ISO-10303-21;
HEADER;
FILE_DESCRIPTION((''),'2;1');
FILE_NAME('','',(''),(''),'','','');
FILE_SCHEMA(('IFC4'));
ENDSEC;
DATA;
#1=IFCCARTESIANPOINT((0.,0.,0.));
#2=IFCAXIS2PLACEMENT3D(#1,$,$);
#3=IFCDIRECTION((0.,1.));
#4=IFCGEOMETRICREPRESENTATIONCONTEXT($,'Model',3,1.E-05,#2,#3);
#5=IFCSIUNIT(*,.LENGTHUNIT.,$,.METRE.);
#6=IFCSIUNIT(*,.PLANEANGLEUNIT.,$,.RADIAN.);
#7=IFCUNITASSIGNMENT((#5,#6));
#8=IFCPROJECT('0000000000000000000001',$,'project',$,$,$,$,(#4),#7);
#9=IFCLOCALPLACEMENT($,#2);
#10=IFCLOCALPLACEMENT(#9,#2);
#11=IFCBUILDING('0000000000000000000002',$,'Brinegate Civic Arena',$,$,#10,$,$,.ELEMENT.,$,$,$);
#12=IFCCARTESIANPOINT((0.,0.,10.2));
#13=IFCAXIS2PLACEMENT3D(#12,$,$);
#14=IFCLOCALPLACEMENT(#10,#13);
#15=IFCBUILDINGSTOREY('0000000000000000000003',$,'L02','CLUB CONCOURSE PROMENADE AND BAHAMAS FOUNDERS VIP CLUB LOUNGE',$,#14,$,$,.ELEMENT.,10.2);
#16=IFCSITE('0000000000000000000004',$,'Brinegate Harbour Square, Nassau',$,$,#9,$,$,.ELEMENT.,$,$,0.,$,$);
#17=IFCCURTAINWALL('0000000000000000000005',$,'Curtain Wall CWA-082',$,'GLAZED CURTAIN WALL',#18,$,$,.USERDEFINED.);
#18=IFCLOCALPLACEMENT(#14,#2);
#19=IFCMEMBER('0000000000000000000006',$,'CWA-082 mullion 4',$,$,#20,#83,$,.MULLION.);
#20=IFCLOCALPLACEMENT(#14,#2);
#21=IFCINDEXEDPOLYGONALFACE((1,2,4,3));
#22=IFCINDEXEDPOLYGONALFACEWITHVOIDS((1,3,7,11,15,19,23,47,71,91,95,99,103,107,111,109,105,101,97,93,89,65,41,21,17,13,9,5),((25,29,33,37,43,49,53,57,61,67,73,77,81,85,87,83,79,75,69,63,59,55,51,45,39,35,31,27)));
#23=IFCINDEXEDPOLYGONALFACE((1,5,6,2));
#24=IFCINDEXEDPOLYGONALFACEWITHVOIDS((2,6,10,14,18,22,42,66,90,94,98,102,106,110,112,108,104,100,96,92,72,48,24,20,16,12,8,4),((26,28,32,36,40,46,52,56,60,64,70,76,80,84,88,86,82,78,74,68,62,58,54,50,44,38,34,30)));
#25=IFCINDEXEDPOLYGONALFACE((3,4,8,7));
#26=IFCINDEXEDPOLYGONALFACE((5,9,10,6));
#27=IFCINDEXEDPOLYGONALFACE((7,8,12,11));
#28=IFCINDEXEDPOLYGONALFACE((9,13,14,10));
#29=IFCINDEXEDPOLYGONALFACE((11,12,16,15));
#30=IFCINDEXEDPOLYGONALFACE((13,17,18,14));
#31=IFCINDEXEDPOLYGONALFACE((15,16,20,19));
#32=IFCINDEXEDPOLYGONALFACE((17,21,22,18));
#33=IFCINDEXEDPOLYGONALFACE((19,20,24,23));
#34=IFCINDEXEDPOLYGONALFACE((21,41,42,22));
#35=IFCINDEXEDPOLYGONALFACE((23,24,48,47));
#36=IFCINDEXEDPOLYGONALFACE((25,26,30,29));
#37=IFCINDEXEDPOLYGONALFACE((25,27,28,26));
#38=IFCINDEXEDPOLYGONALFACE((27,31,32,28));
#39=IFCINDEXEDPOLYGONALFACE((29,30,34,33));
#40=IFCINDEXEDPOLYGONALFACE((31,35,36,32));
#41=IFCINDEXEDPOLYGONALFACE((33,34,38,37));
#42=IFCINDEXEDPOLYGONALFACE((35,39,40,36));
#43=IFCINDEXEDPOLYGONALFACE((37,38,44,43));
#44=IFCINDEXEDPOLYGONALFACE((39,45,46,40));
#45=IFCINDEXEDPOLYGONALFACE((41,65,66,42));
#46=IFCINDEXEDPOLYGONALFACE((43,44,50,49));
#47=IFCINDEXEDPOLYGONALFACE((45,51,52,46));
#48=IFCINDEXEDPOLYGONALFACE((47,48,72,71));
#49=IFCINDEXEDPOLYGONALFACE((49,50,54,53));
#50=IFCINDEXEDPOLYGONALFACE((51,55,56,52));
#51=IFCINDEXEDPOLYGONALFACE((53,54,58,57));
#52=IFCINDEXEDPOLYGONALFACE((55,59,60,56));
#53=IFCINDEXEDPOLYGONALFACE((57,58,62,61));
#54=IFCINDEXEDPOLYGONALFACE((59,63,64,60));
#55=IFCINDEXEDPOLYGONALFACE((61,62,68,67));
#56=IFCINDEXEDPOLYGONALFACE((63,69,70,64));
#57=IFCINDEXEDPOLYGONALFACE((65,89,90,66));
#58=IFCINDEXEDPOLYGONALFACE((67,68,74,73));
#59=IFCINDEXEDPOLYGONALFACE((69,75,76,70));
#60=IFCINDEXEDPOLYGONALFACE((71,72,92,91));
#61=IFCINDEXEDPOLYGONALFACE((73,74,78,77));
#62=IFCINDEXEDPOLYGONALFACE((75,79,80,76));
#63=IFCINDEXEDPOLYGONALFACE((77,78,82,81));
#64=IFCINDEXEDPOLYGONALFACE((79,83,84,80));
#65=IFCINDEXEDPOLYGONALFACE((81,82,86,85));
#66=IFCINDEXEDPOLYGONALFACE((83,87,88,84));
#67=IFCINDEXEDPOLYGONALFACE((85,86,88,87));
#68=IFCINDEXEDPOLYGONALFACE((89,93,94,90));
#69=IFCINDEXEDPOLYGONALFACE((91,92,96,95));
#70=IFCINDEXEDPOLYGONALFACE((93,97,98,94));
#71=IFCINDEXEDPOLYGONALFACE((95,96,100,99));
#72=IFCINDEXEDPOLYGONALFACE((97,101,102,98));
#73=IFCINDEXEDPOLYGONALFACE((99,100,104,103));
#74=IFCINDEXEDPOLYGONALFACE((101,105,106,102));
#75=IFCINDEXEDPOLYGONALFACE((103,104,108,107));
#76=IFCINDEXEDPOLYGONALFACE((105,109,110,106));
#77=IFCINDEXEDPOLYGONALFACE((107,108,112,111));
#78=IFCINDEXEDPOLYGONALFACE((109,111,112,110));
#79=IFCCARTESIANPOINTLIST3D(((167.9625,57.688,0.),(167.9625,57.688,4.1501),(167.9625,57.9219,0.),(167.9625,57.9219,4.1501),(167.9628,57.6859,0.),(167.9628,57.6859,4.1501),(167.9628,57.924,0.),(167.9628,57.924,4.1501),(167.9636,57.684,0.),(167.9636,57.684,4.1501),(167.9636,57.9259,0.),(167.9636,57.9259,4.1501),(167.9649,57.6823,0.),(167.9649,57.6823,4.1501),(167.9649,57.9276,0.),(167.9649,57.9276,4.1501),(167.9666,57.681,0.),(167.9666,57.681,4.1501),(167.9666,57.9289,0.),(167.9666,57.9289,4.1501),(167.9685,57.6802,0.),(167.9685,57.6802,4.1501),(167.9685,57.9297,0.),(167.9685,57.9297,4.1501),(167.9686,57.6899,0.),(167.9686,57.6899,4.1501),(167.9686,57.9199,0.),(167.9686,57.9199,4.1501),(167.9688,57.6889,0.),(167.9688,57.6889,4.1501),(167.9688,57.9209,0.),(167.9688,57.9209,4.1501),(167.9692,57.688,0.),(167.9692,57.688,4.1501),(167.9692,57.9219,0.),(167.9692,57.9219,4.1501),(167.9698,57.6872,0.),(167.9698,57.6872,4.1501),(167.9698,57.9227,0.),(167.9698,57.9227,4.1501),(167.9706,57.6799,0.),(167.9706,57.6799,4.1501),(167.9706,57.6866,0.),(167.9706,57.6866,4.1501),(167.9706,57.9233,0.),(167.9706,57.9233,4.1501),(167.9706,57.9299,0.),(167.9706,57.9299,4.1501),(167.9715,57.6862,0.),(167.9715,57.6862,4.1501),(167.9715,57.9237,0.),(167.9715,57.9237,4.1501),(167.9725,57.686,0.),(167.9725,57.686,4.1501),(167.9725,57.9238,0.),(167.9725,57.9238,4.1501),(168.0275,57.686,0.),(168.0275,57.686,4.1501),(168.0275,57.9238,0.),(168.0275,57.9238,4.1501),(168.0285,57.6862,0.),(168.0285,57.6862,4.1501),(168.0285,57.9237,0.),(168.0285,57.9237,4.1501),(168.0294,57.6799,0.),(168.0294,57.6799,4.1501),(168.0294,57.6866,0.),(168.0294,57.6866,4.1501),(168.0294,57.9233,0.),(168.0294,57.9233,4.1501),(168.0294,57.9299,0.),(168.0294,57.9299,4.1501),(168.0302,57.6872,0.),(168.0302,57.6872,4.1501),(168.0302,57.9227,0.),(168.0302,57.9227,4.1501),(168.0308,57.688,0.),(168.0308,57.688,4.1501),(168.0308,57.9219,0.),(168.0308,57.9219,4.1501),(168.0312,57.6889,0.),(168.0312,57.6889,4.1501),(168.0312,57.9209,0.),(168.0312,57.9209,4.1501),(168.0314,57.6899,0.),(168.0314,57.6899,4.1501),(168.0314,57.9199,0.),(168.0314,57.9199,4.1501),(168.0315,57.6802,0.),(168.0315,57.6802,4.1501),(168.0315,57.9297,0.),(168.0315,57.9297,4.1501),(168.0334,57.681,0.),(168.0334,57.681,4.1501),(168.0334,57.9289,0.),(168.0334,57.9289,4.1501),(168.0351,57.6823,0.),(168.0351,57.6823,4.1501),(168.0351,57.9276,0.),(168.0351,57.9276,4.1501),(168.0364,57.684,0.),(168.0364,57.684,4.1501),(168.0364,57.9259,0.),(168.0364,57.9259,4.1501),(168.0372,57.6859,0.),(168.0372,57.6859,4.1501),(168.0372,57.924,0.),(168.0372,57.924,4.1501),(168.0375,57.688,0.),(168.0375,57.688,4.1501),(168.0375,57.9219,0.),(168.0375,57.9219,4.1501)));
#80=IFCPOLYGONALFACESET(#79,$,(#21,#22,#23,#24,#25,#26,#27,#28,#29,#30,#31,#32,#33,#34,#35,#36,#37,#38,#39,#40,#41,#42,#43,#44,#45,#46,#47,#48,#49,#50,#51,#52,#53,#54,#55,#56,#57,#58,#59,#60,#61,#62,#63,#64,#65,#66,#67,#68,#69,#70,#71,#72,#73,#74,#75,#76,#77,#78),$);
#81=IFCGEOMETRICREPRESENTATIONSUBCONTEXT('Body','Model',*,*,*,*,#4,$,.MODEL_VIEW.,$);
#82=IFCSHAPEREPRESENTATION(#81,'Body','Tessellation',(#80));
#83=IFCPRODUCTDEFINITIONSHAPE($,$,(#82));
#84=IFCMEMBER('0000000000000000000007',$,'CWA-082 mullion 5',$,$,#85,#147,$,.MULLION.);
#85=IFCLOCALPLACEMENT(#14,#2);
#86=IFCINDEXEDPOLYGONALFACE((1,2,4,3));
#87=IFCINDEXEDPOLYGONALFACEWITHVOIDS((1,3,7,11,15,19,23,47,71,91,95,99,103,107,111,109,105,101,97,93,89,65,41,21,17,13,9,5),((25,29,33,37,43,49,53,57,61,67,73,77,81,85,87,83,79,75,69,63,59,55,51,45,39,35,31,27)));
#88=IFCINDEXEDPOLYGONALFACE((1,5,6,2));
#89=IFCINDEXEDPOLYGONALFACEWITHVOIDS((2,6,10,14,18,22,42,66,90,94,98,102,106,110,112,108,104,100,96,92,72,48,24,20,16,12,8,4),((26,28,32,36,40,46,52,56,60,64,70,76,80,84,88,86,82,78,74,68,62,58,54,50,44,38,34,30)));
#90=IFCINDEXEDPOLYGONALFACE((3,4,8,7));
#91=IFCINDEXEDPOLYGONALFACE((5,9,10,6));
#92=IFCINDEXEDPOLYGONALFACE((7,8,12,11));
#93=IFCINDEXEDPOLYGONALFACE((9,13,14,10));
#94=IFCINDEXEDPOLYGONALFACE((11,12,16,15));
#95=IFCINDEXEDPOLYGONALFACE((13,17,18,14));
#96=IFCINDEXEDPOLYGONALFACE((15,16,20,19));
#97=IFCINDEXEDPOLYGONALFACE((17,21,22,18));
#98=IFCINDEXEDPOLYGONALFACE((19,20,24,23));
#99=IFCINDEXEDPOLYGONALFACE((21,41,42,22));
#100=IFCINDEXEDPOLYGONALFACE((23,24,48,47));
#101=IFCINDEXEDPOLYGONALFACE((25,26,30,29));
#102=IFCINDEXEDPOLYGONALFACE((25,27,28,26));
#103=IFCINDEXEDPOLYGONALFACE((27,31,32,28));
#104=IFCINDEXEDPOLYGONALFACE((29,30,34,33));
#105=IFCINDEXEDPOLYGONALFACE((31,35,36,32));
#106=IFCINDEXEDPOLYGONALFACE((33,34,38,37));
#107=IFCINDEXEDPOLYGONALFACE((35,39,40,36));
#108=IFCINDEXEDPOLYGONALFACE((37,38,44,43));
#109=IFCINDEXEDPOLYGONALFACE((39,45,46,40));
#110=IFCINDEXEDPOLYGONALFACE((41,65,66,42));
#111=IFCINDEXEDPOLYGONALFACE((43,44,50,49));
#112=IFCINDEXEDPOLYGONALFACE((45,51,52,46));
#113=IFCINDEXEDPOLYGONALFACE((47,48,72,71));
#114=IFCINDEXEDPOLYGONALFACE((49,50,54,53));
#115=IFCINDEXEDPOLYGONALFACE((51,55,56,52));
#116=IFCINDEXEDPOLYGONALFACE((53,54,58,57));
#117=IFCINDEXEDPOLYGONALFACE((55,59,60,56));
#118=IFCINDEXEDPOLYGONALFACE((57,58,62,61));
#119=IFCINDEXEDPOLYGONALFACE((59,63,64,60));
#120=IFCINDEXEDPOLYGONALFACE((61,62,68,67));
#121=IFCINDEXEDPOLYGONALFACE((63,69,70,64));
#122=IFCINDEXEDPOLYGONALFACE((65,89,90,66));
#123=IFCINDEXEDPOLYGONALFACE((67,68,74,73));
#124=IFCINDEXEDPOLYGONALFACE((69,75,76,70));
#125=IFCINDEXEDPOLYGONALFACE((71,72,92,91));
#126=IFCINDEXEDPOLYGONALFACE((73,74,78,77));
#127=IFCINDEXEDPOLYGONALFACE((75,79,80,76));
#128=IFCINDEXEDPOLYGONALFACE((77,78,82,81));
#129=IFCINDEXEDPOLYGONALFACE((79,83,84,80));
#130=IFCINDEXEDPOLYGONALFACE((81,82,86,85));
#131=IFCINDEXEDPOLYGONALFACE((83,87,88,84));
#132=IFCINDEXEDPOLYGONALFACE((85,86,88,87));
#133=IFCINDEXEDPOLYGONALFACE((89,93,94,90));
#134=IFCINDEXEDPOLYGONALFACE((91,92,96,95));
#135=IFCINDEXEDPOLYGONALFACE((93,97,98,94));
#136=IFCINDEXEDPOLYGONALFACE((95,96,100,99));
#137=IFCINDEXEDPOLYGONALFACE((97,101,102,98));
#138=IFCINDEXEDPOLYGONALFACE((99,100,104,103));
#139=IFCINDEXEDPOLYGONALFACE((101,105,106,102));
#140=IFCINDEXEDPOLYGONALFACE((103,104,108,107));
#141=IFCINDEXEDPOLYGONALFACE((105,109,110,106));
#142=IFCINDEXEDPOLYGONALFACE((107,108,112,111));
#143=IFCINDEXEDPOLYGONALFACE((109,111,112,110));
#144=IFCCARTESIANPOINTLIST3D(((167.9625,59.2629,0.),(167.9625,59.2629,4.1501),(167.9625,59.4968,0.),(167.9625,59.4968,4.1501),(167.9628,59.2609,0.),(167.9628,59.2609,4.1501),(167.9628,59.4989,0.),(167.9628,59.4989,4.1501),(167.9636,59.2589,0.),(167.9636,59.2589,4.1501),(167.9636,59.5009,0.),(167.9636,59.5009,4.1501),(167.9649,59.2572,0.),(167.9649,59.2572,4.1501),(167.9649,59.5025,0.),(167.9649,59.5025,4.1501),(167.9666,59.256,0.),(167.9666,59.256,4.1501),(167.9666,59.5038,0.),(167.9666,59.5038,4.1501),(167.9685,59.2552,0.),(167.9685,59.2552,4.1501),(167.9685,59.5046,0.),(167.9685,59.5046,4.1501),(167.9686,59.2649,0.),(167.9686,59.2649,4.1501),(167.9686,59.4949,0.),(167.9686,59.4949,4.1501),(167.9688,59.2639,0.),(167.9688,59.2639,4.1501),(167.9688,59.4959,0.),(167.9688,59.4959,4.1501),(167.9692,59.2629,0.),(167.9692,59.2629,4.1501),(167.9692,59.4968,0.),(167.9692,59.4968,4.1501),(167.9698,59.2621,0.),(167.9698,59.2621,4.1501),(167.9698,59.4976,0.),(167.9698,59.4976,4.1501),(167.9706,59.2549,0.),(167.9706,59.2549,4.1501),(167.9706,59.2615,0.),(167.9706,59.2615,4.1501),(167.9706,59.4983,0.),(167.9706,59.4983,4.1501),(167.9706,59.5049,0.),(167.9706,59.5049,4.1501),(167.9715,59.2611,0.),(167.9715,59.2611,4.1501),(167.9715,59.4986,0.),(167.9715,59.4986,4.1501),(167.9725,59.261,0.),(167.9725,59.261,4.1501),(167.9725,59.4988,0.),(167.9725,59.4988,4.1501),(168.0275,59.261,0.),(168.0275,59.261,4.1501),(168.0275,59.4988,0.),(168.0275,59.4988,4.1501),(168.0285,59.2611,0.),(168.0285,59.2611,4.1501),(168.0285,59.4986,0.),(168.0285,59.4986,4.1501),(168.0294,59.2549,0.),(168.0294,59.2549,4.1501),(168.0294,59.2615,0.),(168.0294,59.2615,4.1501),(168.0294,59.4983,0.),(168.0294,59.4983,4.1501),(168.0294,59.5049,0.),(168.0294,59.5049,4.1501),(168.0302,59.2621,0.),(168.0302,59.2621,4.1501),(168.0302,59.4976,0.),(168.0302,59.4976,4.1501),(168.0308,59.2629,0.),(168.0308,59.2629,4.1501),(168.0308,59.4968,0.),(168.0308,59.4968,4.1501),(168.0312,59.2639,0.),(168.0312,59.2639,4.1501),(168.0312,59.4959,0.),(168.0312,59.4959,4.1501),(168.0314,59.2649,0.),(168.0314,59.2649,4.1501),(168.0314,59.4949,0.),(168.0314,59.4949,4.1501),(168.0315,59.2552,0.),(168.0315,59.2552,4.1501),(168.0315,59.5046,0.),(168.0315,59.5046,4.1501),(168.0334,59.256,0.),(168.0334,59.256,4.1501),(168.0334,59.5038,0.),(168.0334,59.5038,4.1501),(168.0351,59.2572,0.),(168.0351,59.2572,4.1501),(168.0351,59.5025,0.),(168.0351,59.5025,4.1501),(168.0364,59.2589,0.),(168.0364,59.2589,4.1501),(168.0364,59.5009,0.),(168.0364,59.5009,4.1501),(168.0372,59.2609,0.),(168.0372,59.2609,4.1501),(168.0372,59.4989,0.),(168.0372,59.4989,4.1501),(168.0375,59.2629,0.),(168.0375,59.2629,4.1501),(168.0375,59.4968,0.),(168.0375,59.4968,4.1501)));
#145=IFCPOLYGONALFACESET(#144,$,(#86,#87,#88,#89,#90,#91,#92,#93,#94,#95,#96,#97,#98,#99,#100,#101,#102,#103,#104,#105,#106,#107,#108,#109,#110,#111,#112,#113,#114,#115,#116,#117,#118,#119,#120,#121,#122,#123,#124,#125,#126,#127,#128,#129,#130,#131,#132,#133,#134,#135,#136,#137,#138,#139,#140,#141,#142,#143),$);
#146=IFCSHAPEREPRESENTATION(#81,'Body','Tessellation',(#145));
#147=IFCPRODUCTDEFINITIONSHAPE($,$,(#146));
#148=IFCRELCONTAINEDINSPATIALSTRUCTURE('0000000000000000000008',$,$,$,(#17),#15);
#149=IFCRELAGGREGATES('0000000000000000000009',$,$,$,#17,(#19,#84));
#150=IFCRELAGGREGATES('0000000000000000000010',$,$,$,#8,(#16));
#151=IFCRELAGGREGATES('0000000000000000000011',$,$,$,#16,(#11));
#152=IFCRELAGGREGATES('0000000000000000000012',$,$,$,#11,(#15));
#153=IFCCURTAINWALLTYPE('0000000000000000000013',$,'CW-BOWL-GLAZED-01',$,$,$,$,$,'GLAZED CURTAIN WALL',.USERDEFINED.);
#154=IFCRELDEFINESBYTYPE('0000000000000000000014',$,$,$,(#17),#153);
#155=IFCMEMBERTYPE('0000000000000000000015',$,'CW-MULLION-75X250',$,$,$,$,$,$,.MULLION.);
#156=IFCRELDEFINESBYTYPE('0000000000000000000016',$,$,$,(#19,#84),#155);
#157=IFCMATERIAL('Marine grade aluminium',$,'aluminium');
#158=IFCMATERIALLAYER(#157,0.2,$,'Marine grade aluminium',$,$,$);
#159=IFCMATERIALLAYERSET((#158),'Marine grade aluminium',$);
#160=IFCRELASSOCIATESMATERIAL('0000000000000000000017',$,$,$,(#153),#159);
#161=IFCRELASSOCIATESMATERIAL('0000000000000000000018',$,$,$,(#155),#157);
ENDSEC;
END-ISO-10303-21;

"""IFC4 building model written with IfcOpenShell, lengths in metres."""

from ifc_helpers import new_model, si_unit, direction, frame, origin, origin_2d, place, context, subcontext, project, spatial, hollow_rectangle, extrude, material, layer, layer_set, material_profile, profile_set, type_object, element, aggregate, save


model = new_model("IFC4")

# Units and contexts
model_context = context("Model", 3, precision=1e-05, world=origin(), true_north=direction((0.0, 1.0)))
body_context = subcontext(model_context, "Body", "Model", "MODEL_VIEW")
ifc_project = project(units=[si_unit("LENGTHUNIT", "METRE"), si_unit("PLANEANGLEUNIT", "RADIAN")], contexts=[model_context])

# Site, building, storey
site_placement = place(None, origin())
site = spatial("IfcSite", under=ifc_project, at=site_placement, Name="Brinegate Harbour Square, Nassau", CompositionType="ELEMENT", RefElevation=0.0)
building_placement = place(site_placement, origin())
building = spatial("IfcBuilding", under=site, at=building_placement, Name="Brinegate Civic Arena", CompositionType="ELEMENT")
storey_placement = place(building_placement, frame((0.0, 0.0, 10.2)))
storey = spatial("IfcBuildingStorey", under=building, at=storey_placement, Name="L02", Description="CLUB CONCOURSE PROMENADE AND BAHAMAS FOUNDERS VIP CLUB LOUNGE", CompositionType="ELEMENT", Elevation=10.2)

# Shared definitions
ifc_material_1 = material(Name="Marine grade aluminium", Category="aluminium")
ifc_layer_1 = layer(ifc_material_1, 0.2, Name="Marine grade aluminium")
ifc_layer_set_1 = layer_set([ifc_layer_1], Name="Marine grade aluminium")
curtain_wall_type = type_object("IfcCurtainWallType", Name="CW-BOWL-GLAZED-01", ElementType="GLAZED CURTAIN WALL", PredefinedType="USERDEFINED", material=ifc_layer_set_1)

# Curtain wall, members
curtain_wall_1_placement = place(storey_placement, origin())
curtain_wall_1 = element("IfcCurtainWall", 1, at=curtain_wall_1_placement, inside=storey, type_object=curtain_wall_type, Name="Curtain Wall CWA-082", ObjectType="GLAZED CURTAIN WALL", PredefinedType="USERDEFINED")
ifc_material_profile_1 = material_profile(ifc_material_1, hollow_rectangle(XDim=0.075, YDim=0.25, WallThickness=0.0061, InnerFilletRadius=0.0039, OuterFilletRadius=0.0081, at=origin_2d()), Name="MUL75X250")
ifc_profile_set_1 = profile_set([ifc_material_profile_1], Name="Marine grade aluminium")
member_type_1 = type_object("IfcMemberType", Name="CW-MULLION-75X250", PredefinedType="MULLION", material=ifc_profile_set_1)
member_1_placement = place(storey_placement, frame((168.0, 57.8049, 0.0), z_axis=(0.0, 0.0, 1.0), x_axis=(-1.0, 0.0, 0.0)))
member_1 = element("IfcMember", 2, at=member_1_placement, type_object=member_type_1, Name="CWA-082 mullion 4", PredefinedType="MULLION", context=body_context, shape_type="SweptSolid", body=[
    extrude(hollow_rectangle(XDim=0.075, YDim=0.25, WallThickness=0.0061, InnerFilletRadius=0.0039, OuterFilletRadius=0.0081, at=origin_2d()), origin(), (0.0, 0.0, 1.0), 4.1501),
])
member_2_placement = place(storey_placement, frame((168.0, 59.3799, 0.0), z_axis=(0.0, 0.0, 1.0), x_axis=(-1.0, 0.0, 0.0)))
member_2 = element("IfcMember", 3, at=member_2_placement, type_object=member_type_1, Name="CWA-082 mullion 5", PredefinedType="MULLION", context=body_context, shape_type="SweptSolid", body=[
    extrude(hollow_rectangle(XDim=0.075, YDim=0.25, WallThickness=0.0061, InnerFilletRadius=0.0039, OuterFilletRadius=0.0081, at=origin_2d()), origin(), (0.0, 0.0, 1.0), 4.1501),
])

aggregate(curtain_wall_1, [member_1, member_2])

save(model, "model.ifc")
